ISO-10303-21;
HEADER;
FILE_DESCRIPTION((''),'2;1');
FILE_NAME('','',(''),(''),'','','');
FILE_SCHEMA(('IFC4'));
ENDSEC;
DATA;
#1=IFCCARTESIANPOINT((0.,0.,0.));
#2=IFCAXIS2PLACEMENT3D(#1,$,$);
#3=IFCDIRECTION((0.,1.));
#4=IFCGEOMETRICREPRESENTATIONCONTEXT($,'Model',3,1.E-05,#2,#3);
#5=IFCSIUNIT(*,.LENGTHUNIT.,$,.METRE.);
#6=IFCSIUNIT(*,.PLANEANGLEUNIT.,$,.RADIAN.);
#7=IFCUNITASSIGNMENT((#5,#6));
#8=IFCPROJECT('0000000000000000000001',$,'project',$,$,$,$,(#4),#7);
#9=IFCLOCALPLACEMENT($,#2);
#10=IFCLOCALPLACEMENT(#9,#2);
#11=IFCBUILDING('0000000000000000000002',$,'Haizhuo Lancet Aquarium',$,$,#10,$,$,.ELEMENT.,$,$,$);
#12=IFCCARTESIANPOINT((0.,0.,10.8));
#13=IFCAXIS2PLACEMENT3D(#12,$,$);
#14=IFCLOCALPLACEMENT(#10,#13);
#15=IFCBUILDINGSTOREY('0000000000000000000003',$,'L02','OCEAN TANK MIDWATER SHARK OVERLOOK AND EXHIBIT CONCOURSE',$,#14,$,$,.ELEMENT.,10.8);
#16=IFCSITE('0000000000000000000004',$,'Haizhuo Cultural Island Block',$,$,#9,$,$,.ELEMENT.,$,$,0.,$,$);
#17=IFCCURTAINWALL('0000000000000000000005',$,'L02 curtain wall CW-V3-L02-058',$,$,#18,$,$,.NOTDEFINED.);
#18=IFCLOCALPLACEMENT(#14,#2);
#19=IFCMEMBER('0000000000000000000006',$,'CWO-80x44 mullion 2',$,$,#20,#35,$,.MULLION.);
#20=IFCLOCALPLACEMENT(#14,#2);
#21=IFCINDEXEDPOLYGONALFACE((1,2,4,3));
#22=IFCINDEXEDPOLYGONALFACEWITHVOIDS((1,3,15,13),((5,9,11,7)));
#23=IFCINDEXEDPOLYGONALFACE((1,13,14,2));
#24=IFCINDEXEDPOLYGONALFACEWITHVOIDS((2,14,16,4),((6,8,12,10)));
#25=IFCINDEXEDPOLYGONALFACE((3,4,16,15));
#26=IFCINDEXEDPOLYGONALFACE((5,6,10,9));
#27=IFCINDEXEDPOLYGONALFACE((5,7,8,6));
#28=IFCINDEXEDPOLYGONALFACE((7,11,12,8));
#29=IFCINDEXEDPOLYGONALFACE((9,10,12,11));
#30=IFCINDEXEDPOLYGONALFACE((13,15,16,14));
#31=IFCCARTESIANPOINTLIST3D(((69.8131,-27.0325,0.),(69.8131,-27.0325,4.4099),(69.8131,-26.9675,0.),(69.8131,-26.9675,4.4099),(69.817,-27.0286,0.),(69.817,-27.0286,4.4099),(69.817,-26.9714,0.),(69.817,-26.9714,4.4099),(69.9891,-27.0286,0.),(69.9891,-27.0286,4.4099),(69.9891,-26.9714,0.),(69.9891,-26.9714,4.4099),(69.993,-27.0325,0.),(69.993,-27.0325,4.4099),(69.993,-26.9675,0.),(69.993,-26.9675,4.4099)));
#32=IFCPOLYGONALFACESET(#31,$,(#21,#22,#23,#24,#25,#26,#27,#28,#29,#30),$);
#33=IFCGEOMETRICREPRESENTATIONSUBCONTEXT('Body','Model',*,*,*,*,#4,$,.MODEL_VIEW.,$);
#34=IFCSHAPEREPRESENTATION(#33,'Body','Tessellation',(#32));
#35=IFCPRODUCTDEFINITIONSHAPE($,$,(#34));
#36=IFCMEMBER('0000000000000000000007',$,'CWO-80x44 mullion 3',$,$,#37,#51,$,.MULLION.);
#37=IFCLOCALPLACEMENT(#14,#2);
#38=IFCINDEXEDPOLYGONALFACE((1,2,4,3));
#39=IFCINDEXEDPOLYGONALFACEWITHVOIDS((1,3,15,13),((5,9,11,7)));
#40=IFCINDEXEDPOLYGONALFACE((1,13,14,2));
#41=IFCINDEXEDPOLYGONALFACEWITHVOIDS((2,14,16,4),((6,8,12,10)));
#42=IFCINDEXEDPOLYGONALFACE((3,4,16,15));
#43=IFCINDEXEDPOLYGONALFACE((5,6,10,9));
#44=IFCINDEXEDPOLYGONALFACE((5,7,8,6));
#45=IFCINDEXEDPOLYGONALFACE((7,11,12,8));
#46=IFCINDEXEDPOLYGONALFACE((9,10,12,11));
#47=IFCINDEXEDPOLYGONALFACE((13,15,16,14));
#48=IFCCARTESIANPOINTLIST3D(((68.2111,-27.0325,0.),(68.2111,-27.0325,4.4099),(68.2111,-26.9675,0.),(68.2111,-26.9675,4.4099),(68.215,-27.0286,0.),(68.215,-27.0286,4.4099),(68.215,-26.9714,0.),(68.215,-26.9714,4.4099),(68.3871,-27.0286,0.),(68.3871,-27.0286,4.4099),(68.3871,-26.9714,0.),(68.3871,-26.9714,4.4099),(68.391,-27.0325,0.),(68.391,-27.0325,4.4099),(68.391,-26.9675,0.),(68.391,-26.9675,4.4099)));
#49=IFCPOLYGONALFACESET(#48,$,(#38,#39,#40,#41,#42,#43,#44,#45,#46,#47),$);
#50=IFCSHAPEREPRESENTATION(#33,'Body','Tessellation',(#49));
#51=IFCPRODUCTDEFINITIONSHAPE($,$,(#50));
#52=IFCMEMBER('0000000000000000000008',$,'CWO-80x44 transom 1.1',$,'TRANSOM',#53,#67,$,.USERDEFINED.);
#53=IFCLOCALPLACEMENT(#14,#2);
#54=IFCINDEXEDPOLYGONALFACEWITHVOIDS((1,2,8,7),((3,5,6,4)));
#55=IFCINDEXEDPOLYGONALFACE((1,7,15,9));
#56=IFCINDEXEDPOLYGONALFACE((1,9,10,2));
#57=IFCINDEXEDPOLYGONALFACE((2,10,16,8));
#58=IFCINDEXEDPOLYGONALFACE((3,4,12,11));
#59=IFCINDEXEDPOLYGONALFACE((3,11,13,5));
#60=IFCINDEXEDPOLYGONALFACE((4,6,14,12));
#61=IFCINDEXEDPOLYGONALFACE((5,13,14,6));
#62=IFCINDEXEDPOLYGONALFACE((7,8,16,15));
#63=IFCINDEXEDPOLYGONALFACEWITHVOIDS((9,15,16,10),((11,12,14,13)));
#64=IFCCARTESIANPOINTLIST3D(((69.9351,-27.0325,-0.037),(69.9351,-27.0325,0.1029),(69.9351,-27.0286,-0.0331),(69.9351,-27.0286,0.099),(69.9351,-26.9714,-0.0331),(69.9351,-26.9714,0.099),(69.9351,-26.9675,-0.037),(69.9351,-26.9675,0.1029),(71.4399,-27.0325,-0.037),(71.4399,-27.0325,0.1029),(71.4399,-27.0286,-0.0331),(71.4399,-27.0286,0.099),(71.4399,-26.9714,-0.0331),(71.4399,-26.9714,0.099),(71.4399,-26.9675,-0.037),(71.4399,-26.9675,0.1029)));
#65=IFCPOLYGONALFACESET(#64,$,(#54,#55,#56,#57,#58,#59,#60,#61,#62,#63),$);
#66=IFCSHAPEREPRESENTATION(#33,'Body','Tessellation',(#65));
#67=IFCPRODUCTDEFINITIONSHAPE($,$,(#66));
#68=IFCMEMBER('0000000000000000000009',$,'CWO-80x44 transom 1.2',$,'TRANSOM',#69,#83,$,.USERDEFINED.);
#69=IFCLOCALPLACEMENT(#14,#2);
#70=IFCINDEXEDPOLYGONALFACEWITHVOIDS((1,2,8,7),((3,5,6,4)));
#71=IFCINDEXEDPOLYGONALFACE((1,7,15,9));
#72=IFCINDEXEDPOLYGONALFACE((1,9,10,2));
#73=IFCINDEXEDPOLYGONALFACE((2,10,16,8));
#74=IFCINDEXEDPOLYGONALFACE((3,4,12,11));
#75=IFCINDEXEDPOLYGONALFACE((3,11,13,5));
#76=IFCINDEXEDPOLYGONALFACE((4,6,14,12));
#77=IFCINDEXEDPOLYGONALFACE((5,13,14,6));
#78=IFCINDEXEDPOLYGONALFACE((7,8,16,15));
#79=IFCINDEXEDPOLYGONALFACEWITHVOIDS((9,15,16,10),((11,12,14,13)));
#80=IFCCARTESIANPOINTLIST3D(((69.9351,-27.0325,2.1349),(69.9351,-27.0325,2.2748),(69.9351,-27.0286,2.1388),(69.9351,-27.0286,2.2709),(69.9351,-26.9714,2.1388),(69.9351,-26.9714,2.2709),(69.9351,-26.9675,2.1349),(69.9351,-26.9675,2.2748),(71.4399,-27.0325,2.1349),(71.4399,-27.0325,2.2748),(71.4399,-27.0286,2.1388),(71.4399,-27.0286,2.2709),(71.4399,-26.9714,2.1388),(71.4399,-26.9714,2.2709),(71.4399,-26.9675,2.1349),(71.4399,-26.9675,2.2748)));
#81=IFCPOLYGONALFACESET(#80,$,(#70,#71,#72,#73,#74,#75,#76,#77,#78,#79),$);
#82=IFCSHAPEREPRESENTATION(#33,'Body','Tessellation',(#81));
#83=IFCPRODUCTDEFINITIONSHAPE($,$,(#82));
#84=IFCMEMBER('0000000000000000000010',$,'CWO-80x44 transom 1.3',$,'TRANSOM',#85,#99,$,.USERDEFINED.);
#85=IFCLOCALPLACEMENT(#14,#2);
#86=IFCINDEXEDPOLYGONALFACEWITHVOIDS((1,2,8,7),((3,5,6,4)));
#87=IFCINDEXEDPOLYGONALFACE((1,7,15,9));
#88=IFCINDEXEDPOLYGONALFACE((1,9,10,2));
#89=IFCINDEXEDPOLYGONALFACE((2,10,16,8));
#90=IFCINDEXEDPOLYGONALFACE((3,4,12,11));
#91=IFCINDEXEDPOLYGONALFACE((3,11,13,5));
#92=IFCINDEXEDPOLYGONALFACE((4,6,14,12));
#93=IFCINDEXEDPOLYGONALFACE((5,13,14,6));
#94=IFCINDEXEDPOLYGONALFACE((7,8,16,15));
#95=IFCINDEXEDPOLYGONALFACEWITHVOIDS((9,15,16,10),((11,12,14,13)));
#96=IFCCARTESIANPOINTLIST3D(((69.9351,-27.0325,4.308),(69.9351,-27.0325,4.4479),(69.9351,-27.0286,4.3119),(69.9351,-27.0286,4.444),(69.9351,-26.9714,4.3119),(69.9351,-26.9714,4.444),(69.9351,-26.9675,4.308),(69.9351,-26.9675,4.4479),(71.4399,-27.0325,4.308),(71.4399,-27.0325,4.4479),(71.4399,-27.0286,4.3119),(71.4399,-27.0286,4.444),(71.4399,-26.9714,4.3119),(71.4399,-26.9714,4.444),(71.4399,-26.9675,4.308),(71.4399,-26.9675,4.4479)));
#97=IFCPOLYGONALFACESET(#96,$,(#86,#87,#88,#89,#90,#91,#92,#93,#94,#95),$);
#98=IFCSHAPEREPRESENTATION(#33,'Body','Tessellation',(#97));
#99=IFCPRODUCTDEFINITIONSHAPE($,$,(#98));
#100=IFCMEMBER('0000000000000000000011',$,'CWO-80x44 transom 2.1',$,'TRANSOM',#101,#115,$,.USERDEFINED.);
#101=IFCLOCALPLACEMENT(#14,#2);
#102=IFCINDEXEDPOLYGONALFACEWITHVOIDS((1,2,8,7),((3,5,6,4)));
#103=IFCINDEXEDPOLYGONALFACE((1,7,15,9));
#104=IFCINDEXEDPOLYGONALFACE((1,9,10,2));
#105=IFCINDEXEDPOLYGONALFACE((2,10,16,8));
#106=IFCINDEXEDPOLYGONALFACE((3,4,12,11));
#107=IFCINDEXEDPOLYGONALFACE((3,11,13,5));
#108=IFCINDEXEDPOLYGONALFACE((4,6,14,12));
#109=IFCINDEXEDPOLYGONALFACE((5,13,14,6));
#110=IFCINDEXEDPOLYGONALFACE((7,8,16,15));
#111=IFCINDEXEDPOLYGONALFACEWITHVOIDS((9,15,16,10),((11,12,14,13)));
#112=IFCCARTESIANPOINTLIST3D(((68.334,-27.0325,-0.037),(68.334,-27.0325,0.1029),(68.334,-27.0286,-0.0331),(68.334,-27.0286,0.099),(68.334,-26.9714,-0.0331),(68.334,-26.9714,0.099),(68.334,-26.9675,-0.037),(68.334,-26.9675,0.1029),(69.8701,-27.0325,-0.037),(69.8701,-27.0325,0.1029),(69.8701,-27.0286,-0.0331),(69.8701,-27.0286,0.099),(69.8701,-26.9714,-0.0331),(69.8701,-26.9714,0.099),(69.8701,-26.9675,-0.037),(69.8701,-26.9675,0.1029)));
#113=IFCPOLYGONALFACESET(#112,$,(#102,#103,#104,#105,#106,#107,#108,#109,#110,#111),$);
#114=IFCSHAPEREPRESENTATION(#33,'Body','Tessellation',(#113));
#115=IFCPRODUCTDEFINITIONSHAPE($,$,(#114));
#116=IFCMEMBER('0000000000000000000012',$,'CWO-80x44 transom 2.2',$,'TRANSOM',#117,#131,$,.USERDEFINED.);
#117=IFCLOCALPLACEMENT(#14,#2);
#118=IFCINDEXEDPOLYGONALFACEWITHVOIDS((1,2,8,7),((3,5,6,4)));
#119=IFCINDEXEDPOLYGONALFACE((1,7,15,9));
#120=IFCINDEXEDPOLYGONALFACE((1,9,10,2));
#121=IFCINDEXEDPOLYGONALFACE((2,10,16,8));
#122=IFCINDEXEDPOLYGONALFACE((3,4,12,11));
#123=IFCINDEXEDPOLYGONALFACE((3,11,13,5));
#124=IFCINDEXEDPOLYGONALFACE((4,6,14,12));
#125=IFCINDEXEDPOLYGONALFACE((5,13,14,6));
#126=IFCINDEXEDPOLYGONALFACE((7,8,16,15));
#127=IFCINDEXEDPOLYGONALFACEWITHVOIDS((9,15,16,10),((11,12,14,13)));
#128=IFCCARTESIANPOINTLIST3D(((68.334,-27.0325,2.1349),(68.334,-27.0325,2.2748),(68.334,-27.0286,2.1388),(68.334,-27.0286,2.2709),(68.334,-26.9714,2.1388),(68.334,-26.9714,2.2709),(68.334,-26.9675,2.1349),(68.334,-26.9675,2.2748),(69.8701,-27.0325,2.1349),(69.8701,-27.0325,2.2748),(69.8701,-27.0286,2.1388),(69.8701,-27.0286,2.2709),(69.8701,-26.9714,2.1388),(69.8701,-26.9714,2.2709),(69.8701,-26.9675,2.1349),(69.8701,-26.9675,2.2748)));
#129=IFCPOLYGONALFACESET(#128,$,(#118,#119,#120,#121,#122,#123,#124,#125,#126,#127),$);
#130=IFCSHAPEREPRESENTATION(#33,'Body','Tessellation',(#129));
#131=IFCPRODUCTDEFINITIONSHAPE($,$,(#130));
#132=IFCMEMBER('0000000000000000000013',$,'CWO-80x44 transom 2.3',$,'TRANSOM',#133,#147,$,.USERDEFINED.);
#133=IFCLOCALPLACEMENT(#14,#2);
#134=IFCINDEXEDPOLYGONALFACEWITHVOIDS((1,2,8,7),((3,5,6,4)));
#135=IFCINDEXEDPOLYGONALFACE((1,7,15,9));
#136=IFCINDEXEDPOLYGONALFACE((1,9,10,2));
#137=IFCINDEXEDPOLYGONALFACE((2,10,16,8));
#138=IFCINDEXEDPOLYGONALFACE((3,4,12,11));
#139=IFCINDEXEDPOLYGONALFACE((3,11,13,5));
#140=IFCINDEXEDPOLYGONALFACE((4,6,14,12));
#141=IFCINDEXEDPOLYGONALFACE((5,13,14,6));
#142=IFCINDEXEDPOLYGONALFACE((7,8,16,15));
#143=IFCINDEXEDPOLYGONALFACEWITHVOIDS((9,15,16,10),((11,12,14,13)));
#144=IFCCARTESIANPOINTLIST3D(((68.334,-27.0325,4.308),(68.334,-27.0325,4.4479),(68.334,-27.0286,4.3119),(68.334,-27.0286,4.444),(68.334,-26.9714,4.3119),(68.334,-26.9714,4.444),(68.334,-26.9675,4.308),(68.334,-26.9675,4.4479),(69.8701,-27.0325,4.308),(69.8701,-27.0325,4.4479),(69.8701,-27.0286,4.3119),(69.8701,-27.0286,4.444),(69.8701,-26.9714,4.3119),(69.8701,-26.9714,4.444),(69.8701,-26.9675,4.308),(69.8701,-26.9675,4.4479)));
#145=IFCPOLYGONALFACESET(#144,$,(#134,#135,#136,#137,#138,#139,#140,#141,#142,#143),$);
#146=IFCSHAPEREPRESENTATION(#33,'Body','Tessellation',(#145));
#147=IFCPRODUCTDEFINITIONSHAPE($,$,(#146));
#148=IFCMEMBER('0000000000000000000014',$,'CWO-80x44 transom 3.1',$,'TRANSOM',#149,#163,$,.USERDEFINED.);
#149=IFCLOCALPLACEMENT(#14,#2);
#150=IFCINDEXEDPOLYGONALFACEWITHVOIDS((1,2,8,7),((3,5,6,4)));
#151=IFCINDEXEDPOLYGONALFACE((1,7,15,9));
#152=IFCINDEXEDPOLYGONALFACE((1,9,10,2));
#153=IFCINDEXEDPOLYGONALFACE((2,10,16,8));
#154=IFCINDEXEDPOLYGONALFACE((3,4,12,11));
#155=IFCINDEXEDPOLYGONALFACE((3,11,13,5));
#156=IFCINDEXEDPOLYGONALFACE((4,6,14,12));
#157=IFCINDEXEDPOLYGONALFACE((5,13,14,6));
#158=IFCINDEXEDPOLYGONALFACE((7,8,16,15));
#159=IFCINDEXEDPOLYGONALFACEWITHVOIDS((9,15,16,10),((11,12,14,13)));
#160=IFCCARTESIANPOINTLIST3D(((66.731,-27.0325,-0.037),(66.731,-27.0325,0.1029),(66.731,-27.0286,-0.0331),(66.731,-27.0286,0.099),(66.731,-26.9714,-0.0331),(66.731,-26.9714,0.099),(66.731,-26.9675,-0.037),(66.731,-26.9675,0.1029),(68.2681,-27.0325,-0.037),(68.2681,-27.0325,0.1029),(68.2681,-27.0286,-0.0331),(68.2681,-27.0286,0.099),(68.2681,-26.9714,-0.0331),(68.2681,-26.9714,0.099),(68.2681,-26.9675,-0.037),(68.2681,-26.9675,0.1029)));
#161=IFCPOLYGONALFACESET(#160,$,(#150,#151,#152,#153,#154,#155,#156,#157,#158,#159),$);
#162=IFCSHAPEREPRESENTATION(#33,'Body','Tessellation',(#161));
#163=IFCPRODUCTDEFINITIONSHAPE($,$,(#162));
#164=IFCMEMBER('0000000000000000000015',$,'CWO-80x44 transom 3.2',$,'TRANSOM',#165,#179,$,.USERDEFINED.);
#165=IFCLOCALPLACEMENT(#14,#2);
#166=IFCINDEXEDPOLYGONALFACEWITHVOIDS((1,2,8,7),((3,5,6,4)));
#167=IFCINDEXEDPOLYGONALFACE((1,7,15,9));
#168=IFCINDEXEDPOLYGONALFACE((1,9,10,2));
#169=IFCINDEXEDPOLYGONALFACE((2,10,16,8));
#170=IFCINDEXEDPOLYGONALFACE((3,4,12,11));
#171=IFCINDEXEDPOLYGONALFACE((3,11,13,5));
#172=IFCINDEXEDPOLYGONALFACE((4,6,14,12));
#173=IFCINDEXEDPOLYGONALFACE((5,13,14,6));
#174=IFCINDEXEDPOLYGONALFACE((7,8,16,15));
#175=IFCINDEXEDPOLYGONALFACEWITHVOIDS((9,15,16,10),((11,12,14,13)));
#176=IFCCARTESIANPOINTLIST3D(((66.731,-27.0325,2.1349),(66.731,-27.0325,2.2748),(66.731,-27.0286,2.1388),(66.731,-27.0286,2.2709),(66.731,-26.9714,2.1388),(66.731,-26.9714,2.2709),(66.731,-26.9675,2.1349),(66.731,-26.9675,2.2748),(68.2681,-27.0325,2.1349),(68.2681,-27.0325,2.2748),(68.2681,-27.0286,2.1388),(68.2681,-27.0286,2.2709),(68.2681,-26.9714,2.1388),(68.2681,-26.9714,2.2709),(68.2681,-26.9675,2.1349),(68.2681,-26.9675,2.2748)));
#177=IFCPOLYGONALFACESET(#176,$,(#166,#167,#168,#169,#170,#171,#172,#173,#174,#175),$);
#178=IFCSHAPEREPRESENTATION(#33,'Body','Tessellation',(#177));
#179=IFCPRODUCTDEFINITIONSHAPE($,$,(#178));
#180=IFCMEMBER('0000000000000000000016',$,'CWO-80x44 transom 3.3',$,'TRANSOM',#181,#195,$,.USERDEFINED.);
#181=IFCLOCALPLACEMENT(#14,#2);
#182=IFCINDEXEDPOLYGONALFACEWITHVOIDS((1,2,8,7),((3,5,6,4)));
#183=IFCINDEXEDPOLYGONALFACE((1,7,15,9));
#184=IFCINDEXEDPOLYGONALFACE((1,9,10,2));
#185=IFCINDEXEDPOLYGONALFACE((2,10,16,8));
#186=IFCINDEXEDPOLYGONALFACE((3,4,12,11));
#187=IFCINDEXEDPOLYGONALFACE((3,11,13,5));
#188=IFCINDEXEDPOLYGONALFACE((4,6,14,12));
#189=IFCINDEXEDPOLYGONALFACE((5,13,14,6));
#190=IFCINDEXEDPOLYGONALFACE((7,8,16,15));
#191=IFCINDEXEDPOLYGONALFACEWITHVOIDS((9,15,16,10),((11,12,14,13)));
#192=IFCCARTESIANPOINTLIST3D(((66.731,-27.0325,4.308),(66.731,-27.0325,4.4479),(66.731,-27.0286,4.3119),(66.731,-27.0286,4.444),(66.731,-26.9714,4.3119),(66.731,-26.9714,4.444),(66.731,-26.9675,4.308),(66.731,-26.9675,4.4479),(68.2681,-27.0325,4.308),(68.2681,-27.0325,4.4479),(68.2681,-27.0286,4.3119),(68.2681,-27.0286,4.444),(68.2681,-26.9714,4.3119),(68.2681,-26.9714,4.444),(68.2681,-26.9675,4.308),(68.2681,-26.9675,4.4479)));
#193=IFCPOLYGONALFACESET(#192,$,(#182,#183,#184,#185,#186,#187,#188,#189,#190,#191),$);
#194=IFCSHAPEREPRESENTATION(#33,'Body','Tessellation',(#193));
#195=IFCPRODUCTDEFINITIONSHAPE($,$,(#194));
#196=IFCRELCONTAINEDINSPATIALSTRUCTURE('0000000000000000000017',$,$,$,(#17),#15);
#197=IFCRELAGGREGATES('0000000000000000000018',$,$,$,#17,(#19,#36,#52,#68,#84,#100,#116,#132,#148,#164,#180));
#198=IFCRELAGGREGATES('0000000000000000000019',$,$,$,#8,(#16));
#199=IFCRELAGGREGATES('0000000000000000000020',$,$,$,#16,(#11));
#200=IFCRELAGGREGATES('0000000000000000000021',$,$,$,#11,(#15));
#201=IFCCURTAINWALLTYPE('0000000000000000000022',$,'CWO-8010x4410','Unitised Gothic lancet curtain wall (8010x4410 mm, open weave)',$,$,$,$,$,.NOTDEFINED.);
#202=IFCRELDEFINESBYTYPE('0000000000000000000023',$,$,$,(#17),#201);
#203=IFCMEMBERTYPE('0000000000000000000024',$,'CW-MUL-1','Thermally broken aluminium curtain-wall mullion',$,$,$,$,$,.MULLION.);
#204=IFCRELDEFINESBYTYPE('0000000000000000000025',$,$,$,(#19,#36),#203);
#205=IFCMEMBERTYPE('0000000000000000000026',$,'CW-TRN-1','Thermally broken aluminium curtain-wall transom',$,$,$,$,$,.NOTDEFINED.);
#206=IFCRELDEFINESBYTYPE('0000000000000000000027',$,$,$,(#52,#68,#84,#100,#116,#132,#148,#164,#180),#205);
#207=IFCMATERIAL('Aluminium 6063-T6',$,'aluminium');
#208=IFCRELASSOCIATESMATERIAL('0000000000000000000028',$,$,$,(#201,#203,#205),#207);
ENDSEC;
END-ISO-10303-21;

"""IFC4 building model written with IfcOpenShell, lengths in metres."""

from ifc_helpers import new_model, si_unit, direction, frame, origin, origin_2d, place, context, subcontext, project, spatial, hollow_rectangle, extrude, material, material_profile, profile_set, type_object, element, aggregate, save


model = new_model("IFC4")

# Units and contexts
model_context = context("Model", 3, precision=1e-05, world=origin(), true_north=direction((0.0, 1.0)))
body_context = subcontext(model_context, "Body", "Model", "MODEL_VIEW")
ifc_project = project(units=[si_unit("LENGTHUNIT", "METRE"), si_unit("PLANEANGLEUNIT", "RADIAN")], contexts=[model_context])

# Site, building, storey
site_placement = place(None, origin())
site = spatial("IfcSite", under=ifc_project, at=site_placement, Name="Haizhuo Cultural Island Block", CompositionType="ELEMENT", RefElevation=0.0)
building_placement = place(site_placement, origin())
building = spatial("IfcBuilding", under=site, at=building_placement, Name="Haizhuo Lancet Aquarium", CompositionType="ELEMENT")
storey_placement = place(building_placement, frame((0.0, 0.0, 10.8)))
storey = spatial("IfcBuildingStorey", under=building, at=storey_placement, Name="L02", Description="OCEAN TANK MIDWATER SHARK OVERLOOK AND EXHIBIT CONCOURSE", CompositionType="ELEMENT", Elevation=10.8)

# Curtain wall, members
ifc_material_1 = material(Name="Aluminium 6063-T6", Category="aluminium")
curtain_wall_type = type_object("IfcCurtainWallType", Name="CWO-8010x4410", Description="Unitised Gothic lancet curtain wall (8010x4410 mm, open weave)", PredefinedType="NOTDEFINED", material=ifc_material_1)
curtain_wall_placement = place(storey_placement, origin())
curtain_wall = element("IfcCurtainWall", 1, at=curtain_wall_placement, inside=storey, type_object=curtain_wall_type, Name="L02 curtain wall CW-V3-L02-058", PredefinedType="NOTDEFINED")
ifc_material_profile_1 = material_profile(ifc_material_1, hollow_rectangle(XDim=0.0649, YDim=0.1799, WallThickness=0.0039, at=origin_2d()), Name="ALU-M 65x180x4")
ifc_profile_set_1 = profile_set([ifc_material_profile_1], Name="Aluminium 6063-T6")
member_type_1 = type_object("IfcMemberType", Name="CW-MUL-1", Description="Thermally broken aluminium curtain-wall mullion", PredefinedType="MULLION", material=ifc_profile_set_1)
member_1_placement = place(storey_placement, frame((69.9031, -27.0, 0.0), z_axis=(0.0, 0.0, 1.0), x_axis=(0.0, -1.0, 0.0)))
member_1 = element("IfcMember", 2, at=member_1_placement, type_object=member_type_1, Name="CWO-80x44 mullion 2", PredefinedType="MULLION", context=body_context, shape_type="SweptSolid", body=[
    extrude(hollow_rectangle(XDim=0.0649, YDim=0.1799, WallThickness=0.0039, at=origin_2d()), origin(), (0.0, 0.0, 1.0), 4.4099),
])
member_2_placement = place(storey_placement, frame((68.301, -27.0, 0.0), z_axis=(0.0, 0.0, 1.0), x_axis=(0.0, -1.0, 0.0)))
member_2 = element("IfcMember", 3, at=member_2_placement, type_object=member_type_1, Name="CWO-80x44 mullion 3", PredefinedType="MULLION", context=body_context, shape_type="SweptSolid", body=[
    extrude(hollow_rectangle(XDim=0.0649, YDim=0.1799, WallThickness=0.0039, at=origin_2d()), origin(), (0.0, 0.0, 1.0), 4.4099),
])
ifc_material_profile_2 = material_profile(ifc_material_1, hollow_rectangle(XDim=0.0649, YDim=0.1399, WallThickness=0.0039, at=origin_2d()), Name="ALU-T 65x140x4")
ifc_profile_set_2 = profile_set([ifc_material_profile_2], Name="Aluminium 6063-T6")
member_type_2 = type_object("IfcMemberType", Name="CW-TRN-1", Description="Thermally broken aluminium curtain-wall transom", PredefinedType="NOTDEFINED", material=ifc_profile_set_2)
member_3_placement = place(storey_placement, frame((71.4399, -27.0, 0.033), z_axis=(-1.0, 0.0, 0.0), x_axis=(0.0, -1.0, 0.0)))
member_3 = element("IfcMember", 4, at=member_3_placement, type_object=member_type_2, Name="CWO-80x44 transom 1.1", ObjectType="TRANSOM", PredefinedType="USERDEFINED", context=body_context, shape_type="SweptSolid", body=[
    extrude(hollow_rectangle(XDim=0.0649, YDim=0.1399, WallThickness=0.0039, at=origin_2d()), origin(), (0.0, 0.0, 1.0), 1.5049),
])
member_4_placement = place(storey_placement, frame((71.4399, -27.0, 2.2048), z_axis=(-1.0, 0.0, 0.0), x_axis=(0.0, -1.0, 0.0)))
member_4 = element("IfcMember", 5, at=member_4_placement, type_object=member_type_2, Name="CWO-80x44 transom 1.2", ObjectType="TRANSOM", PredefinedType="USERDEFINED", context=body_context, shape_type="SweptSolid", body=[
    extrude(hollow_rectangle(XDim=0.0649, YDim=0.1399, WallThickness=0.0039, at=origin_2d()), origin(), (0.0, 0.0, 1.0), 1.5049),
])
member_5_placement = place(storey_placement, frame((71.4399, -27.0, 4.3779), z_axis=(-1.0, 0.0, 0.0), x_axis=(0.0, -1.0, 0.0)))
member_5 = element("IfcMember", 6, at=member_5_placement, type_object=member_type_2, Name="CWO-80x44 transom 1.3", ObjectType="TRANSOM", PredefinedType="USERDEFINED", context=body_context, shape_type="SweptSolid", body=[
    extrude(hollow_rectangle(XDim=0.0649, YDim=0.1399, WallThickness=0.0039, at=origin_2d()), origin(), (0.0, 0.0, 1.0), 1.5049),
])
member_6_placement = place(storey_placement, frame((69.8701, -27.0, 0.033), z_axis=(-1.0, 0.0, 0.0), x_axis=(0.0, -1.0, 0.0)))
member_6 = element("IfcMember", 7, at=member_6_placement, type_object=member_type_2, Name="CWO-80x44 transom 2.1", ObjectType="TRANSOM", PredefinedType="USERDEFINED", context=body_context, shape_type="SweptSolid", body=[
    extrude(hollow_rectangle(XDim=0.0649, YDim=0.1399, WallThickness=0.0039, at=origin_2d()), origin(), (0.0, 0.0, 1.0), 1.5361),
])
member_7_placement = place(storey_placement, frame((69.8701, -27.0, 2.2048), z_axis=(-1.0, 0.0, 0.0), x_axis=(0.0, -1.0, 0.0)))
member_7 = element("IfcMember", 8, at=member_7_placement, type_object=member_type_2, Name="CWO-80x44 transom 2.2", ObjectType="TRANSOM", PredefinedType="USERDEFINED", context=body_context, shape_type="SweptSolid", body=[
    extrude(hollow_rectangle(XDim=0.0649, YDim=0.1399, WallThickness=0.0039, at=origin_2d()), origin(), (0.0, 0.0, 1.0), 1.5361),
])
member_8_placement = place(storey_placement, frame((69.8701, -27.0, 4.3779), z_axis=(-1.0, 0.0, 0.0), x_axis=(0.0, -1.0, 0.0)))
member_8 = element("IfcMember", 9, at=member_8_placement, type_object=member_type_2, Name="CWO-80x44 transom 2.3", ObjectType="TRANSOM", PredefinedType="USERDEFINED", context=body_context, shape_type="SweptSolid", body=[
    extrude(hollow_rectangle(XDim=0.0649, YDim=0.1399, WallThickness=0.0039, at=origin_2d()), origin(), (0.0, 0.0, 1.0), 1.5361),
])
member_9_placement = place(storey_placement, frame((68.2681, -27.0, 0.033), z_axis=(-1.0, 0.0, 0.0), x_axis=(0.0, -1.0, 0.0)))
member_9 = element("IfcMember", 10, at=member_9_placement, type_object=member_type_2, Name="CWO-80x44 transom 3.1", ObjectType="TRANSOM", PredefinedType="USERDEFINED", context=body_context, shape_type="SweptSolid", body=[
    extrude(hollow_rectangle(XDim=0.0649, YDim=0.1399, WallThickness=0.0039, at=origin_2d()), origin(), (0.0, 0.0, 1.0), 1.5371),
])
member_10_placement = place(storey_placement, frame((68.2681, -27.0, 2.2048), z_axis=(-1.0, 0.0, 0.0), x_axis=(0.0, -1.0, 0.0)))
member_10 = element("IfcMember", 11, at=member_10_placement, type_object=member_type_2, Name="CWO-80x44 transom 3.2", ObjectType="TRANSOM", PredefinedType="USERDEFINED", context=body_context, shape_type="SweptSolid", body=[
    extrude(hollow_rectangle(XDim=0.0649, YDim=0.1399, WallThickness=0.0039, at=origin_2d()), origin(), (0.0, 0.0, 1.0), 1.5371),
])
member_11_placement = place(storey_placement, frame((68.2681, -27.0, 4.3779), z_axis=(-1.0, 0.0, 0.0), x_axis=(0.0, -1.0, 0.0)))
member_11 = element("IfcMember", 12, at=member_11_placement, type_object=member_type_2, Name="CWO-80x44 transom 3.3", ObjectType="TRANSOM", PredefinedType="USERDEFINED", context=body_context, shape_type="SweptSolid", body=[
    extrude(hollow_rectangle(XDim=0.0649, YDim=0.1399, WallThickness=0.0039, at=origin_2d()), origin(), (0.0, 0.0, 1.0), 1.5371),
])

aggregate(curtain_wall, [member_1, member_2, member_3, member_4, member_5, member_6, member_7, member_8, member_9, member_10, member_11])

save(model, "model.ifc")
